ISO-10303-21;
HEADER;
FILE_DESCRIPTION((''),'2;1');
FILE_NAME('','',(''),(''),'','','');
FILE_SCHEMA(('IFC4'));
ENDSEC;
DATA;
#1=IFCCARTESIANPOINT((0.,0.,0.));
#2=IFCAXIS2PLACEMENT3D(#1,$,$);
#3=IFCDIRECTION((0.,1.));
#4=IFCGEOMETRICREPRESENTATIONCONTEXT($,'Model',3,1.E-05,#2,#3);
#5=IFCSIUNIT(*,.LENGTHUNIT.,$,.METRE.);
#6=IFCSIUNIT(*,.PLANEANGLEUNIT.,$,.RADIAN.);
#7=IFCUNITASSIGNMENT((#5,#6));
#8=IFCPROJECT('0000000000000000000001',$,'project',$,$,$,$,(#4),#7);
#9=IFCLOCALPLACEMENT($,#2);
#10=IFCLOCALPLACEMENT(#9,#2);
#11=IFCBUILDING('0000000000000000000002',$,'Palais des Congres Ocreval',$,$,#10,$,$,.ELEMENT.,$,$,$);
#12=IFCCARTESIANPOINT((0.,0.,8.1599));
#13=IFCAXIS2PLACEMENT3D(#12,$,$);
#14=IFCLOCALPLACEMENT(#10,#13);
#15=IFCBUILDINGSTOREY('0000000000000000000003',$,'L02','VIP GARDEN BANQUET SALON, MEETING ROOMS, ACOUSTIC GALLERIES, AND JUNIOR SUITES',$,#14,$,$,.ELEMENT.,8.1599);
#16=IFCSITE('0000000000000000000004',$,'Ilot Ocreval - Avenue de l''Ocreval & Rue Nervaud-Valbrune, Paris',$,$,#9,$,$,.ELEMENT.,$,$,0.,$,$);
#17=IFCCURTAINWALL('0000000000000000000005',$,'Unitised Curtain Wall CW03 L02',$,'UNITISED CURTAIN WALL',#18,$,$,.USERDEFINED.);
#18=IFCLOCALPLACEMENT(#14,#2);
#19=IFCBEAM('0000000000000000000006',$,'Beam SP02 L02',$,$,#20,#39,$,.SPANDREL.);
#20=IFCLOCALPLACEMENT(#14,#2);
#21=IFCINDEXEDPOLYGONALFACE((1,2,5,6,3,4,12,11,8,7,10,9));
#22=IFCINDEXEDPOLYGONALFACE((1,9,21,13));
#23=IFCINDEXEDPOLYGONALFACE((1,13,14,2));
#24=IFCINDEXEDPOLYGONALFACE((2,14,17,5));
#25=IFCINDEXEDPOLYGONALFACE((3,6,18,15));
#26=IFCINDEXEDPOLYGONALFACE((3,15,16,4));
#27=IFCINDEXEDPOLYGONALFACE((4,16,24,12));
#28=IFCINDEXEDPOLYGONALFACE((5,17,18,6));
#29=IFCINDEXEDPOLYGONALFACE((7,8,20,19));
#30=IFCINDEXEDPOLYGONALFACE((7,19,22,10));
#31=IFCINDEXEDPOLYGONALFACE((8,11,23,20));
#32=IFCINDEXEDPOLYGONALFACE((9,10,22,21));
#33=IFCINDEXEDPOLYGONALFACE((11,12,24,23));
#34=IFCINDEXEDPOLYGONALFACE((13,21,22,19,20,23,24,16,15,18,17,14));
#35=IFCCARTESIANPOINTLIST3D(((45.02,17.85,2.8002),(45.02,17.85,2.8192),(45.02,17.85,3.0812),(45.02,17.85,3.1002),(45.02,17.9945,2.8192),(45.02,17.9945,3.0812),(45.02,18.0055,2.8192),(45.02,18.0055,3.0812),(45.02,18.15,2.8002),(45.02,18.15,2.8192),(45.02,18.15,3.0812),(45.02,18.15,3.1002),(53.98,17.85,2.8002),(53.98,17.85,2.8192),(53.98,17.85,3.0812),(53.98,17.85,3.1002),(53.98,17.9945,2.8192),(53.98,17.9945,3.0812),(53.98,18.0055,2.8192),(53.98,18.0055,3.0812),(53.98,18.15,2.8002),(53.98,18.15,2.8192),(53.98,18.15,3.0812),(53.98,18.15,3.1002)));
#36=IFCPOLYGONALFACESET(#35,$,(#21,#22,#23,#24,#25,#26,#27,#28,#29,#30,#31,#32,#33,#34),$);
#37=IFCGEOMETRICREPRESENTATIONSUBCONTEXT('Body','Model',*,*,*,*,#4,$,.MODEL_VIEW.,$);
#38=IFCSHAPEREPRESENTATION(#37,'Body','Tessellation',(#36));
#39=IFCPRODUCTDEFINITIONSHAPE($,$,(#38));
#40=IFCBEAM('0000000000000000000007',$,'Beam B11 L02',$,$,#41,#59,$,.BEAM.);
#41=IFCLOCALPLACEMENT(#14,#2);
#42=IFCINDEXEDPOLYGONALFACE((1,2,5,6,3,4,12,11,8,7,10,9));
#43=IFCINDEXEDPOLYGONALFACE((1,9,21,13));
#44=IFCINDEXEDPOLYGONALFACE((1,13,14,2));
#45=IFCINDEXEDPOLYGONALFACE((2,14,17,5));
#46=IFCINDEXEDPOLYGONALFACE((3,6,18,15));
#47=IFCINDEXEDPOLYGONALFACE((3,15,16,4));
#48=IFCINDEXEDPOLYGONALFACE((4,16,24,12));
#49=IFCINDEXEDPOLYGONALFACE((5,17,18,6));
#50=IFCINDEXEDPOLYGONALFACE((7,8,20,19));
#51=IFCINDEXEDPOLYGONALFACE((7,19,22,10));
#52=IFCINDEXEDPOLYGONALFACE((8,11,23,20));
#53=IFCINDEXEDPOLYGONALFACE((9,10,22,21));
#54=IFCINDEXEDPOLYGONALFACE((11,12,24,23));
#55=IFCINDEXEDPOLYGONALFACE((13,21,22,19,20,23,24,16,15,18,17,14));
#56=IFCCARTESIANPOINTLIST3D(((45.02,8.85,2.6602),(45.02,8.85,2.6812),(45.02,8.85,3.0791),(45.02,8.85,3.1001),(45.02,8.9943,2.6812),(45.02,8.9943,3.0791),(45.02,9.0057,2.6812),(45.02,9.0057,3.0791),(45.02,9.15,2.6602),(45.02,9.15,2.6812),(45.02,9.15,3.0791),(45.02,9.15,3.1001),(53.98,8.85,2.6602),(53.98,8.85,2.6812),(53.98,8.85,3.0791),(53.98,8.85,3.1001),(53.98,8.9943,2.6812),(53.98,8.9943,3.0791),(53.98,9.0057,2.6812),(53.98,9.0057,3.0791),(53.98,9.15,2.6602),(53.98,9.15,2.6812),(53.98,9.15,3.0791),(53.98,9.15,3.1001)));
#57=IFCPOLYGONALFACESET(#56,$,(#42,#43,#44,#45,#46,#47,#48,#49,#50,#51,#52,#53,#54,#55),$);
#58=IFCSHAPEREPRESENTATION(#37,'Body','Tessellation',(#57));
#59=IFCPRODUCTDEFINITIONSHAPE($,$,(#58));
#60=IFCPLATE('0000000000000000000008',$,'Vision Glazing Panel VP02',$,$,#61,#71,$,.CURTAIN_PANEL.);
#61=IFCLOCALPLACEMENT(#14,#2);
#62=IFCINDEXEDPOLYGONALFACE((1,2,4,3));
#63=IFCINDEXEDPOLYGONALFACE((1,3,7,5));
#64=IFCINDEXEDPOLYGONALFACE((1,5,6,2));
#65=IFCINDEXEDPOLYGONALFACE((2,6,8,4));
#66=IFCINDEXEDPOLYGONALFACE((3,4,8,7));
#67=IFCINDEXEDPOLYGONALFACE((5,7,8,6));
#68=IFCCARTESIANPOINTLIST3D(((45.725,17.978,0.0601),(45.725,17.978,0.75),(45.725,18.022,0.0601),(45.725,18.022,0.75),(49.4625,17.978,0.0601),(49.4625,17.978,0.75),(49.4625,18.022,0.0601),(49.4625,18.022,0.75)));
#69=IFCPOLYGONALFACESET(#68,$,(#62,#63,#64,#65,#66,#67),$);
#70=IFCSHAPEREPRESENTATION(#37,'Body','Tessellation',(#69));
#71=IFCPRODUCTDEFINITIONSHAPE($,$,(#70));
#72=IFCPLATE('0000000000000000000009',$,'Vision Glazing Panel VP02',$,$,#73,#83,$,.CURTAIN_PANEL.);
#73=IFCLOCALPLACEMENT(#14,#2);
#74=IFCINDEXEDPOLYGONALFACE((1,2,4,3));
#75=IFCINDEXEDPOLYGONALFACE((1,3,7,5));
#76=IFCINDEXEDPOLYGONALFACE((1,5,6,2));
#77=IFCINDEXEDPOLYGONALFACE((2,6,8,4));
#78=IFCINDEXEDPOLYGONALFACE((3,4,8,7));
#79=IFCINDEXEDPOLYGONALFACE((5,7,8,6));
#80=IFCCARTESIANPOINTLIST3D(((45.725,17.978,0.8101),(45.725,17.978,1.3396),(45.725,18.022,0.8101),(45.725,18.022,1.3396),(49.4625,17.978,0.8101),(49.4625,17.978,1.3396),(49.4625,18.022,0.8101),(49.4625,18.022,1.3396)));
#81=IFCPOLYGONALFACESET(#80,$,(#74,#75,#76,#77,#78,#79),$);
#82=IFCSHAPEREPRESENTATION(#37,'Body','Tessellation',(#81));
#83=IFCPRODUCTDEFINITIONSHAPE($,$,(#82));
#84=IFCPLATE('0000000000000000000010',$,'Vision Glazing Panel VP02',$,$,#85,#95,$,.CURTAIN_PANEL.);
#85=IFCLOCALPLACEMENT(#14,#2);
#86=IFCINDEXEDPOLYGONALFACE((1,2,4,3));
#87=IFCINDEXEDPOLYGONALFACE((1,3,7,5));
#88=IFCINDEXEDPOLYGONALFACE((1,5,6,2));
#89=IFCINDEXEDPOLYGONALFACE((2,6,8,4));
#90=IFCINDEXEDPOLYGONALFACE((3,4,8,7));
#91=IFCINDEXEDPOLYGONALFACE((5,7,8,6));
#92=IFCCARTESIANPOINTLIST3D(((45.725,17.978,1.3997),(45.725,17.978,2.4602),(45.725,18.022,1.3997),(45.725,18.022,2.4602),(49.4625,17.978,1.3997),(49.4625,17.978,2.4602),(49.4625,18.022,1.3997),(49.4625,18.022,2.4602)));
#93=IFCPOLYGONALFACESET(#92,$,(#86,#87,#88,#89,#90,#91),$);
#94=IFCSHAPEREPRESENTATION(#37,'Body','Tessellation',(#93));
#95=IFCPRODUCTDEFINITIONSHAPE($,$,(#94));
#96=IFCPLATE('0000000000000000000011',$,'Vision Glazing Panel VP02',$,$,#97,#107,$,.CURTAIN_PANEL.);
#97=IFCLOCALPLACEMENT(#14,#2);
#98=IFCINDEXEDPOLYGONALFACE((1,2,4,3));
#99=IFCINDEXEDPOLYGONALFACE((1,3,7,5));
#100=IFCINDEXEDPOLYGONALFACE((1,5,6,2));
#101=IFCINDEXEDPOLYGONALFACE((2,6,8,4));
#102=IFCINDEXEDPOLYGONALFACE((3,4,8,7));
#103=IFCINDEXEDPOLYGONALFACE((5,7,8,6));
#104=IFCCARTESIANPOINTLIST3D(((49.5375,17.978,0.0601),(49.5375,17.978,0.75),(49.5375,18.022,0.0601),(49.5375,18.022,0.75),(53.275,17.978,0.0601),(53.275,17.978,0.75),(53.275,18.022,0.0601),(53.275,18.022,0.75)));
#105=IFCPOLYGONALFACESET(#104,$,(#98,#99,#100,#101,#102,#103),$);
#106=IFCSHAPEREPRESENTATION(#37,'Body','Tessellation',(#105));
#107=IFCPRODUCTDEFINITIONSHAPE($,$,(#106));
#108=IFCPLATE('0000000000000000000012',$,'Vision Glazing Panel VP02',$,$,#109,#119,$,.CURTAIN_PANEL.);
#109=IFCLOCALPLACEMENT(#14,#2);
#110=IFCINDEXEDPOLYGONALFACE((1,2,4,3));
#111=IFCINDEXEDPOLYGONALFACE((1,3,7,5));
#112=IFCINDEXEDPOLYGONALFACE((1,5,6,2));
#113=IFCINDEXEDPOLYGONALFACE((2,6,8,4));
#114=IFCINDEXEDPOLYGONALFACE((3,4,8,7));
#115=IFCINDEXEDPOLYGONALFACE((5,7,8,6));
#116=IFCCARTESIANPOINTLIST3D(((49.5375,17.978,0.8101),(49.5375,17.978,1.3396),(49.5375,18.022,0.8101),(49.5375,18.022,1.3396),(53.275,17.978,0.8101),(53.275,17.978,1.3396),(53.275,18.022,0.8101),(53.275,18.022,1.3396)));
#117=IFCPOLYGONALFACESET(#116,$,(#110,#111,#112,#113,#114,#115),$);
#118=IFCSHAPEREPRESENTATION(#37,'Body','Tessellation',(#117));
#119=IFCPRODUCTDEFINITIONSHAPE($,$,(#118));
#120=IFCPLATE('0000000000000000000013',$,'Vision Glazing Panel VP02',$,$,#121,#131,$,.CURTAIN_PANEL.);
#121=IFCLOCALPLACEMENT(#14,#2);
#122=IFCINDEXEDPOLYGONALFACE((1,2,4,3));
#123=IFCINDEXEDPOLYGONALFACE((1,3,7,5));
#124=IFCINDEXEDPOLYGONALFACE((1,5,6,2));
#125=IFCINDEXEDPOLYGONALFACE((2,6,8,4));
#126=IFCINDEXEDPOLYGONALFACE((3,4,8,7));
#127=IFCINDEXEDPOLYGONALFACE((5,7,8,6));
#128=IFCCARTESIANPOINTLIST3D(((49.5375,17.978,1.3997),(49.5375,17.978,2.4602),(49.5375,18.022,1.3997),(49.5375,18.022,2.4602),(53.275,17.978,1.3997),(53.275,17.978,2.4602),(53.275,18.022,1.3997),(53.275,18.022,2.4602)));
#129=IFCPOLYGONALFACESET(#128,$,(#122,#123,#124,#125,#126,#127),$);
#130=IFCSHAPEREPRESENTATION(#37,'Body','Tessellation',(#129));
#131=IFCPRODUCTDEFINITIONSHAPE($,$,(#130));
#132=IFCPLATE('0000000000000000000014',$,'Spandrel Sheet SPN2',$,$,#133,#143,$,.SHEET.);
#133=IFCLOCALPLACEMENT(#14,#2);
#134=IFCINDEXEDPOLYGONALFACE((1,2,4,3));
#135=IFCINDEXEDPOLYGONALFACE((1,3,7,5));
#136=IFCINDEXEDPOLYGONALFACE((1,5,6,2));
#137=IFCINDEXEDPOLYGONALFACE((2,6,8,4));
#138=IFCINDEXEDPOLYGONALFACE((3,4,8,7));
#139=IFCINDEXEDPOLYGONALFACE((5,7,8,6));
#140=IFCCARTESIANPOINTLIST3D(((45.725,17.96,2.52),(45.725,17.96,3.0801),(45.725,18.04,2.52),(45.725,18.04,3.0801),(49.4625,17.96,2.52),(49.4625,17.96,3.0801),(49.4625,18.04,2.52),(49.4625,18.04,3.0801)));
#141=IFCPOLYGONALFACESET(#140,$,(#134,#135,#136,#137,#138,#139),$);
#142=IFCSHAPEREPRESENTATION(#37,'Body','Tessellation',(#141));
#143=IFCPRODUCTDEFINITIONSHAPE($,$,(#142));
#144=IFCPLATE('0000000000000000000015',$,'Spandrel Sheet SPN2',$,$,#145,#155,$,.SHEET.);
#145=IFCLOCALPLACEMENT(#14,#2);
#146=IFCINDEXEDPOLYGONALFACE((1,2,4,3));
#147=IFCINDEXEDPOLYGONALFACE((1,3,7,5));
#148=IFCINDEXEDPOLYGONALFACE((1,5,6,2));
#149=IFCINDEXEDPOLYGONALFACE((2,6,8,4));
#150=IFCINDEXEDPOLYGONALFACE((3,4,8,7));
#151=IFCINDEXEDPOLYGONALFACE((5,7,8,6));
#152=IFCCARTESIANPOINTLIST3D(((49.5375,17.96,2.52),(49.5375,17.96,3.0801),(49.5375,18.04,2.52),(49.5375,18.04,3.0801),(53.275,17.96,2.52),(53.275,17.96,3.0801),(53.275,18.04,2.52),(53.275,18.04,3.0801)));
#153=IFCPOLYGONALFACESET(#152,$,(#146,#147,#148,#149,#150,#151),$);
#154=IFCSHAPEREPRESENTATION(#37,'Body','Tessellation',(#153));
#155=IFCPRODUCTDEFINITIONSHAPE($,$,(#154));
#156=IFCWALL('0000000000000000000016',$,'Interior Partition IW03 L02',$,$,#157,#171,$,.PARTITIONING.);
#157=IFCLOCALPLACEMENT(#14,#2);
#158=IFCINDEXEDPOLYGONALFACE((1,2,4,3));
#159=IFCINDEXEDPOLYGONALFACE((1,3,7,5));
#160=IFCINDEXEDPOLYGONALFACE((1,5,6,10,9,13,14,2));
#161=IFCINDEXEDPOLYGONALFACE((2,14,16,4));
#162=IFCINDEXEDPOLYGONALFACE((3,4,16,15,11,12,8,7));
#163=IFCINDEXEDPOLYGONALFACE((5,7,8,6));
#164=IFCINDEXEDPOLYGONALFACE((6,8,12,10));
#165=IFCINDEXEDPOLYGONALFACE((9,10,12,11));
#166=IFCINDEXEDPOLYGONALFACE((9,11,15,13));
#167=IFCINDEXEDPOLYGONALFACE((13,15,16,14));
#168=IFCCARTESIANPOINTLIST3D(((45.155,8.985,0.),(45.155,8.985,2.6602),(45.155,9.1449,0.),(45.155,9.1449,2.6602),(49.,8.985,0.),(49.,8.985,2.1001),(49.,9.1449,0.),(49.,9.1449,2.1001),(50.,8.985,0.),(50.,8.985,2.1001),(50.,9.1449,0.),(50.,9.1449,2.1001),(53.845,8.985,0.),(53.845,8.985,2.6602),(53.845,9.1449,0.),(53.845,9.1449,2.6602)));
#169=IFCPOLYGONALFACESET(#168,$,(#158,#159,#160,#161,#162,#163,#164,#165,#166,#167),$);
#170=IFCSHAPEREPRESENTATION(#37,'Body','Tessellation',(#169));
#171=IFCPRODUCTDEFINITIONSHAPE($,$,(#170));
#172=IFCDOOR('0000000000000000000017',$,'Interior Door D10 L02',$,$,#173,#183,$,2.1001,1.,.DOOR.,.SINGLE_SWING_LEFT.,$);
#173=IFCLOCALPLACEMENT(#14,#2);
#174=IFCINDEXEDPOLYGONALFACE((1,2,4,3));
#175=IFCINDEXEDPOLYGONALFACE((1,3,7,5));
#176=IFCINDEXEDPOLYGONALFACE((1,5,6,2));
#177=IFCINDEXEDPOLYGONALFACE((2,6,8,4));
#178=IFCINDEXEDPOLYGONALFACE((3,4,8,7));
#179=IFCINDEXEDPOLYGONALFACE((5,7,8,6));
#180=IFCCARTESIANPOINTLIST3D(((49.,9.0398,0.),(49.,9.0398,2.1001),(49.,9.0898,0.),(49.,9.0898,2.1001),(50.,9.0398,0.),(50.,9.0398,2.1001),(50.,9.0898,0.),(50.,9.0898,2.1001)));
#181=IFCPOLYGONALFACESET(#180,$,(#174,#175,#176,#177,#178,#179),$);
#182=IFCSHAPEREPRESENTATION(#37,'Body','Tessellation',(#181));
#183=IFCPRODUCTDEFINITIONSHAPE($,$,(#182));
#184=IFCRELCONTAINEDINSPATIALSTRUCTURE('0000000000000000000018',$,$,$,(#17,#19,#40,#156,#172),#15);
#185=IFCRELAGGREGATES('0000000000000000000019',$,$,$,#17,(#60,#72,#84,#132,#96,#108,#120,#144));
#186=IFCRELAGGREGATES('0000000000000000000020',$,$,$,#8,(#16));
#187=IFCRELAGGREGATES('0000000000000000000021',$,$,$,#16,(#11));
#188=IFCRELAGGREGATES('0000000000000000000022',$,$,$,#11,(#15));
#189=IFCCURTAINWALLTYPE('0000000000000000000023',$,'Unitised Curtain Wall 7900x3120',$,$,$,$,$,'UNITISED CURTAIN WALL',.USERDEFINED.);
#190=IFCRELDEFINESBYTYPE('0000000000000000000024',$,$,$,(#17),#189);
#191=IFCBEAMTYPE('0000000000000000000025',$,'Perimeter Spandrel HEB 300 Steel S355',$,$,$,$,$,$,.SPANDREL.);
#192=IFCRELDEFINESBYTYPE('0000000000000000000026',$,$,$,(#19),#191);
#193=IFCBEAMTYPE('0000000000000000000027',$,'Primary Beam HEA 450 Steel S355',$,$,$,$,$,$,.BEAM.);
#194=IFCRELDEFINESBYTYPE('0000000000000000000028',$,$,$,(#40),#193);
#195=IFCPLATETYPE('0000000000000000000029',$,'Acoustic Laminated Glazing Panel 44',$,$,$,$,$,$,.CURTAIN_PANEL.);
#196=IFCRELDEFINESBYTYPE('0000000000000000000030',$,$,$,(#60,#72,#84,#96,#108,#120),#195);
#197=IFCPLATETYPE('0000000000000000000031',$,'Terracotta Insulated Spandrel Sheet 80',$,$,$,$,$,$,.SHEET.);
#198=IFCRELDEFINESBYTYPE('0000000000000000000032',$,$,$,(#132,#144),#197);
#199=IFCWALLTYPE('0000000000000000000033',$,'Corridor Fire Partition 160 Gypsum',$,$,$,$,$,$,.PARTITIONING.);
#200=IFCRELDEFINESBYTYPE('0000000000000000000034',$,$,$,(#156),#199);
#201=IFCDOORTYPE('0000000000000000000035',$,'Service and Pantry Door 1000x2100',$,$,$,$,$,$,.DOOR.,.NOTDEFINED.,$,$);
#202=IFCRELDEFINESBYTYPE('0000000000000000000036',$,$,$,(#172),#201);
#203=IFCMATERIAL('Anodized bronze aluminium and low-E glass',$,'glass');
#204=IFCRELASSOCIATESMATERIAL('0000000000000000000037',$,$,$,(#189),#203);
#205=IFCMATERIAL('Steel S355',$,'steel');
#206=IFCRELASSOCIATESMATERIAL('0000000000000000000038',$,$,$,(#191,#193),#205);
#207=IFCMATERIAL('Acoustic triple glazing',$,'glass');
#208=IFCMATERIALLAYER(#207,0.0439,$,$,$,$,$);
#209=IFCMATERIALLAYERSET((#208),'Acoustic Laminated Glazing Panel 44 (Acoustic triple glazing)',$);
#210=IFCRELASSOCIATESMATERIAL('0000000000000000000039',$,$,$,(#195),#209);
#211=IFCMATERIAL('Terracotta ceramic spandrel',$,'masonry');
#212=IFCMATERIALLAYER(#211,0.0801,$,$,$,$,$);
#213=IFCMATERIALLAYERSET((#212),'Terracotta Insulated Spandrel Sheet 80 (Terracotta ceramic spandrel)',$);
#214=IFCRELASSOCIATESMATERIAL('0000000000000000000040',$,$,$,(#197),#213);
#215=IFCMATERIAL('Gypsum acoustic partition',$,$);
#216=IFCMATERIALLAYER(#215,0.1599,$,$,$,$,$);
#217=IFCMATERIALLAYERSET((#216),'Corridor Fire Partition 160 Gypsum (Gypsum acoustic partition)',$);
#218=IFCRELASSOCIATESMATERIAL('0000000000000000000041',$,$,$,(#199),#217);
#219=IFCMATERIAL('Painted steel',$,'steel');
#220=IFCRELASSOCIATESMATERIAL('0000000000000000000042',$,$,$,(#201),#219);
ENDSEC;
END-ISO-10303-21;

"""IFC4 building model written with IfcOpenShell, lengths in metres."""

from ifc_helpers import new_model, si_unit, direction, frame, frame_2d, origin, origin_2d, place, context, subcontext, project, spatial, rectangle, i_section, extrude, material, layer, layer_set, material_profile, profile_set, type_object, element, fill, aggregate, save


model = new_model("IFC4")

# Units and contexts
model_context = context("Model", 3, precision=1e-05, world=origin(), true_north=direction((0.0, 1.0)))
body_context = subcontext(model_context, "Body", "Model", "MODEL_VIEW")
ifc_project = project(units=[si_unit("LENGTHUNIT", "METRE"), si_unit("PLANEANGLEUNIT", "RADIAN")], contexts=[model_context])

# Site, building, storey
site_placement = place(None, origin())
site = spatial("IfcSite", under=ifc_project, at=site_placement, Name="Ilot Ocreval - Avenue de l'Ocreval & Rue Nervaud-Valbrune, Paris", CompositionType="ELEMENT", RefElevation=0.0)
building_placement = place(site_placement, origin())
building = spatial("IfcBuilding", under=site, at=building_placement, Name="Palais des Congres Ocreval", CompositionType="ELEMENT")
storey_placement = place(building_placement, frame((0.0, 0.0, 8.1599)))
storey = spatial("IfcBuildingStorey", under=building, at=storey_placement, Name="L02", Description="VIP GARDEN BANQUET SALON, MEETING ROOMS, ACOUSTIC GALLERIES, AND JUNIOR SUITES", CompositionType="ELEMENT", Elevation=8.1599)

# Curtain wall
ifc_material_1 = material(Name="Anodized bronze aluminium and low-E glass", Category="glass")
curtain_wall_type = type_object("IfcCurtainWallType", Name="Unitised Curtain Wall 7900x3120", ElementType="UNITISED CURTAIN WALL", PredefinedType="USERDEFINED", material=ifc_material_1)
curtain_wall_placement = place(storey_placement, origin())
curtain_wall = element("IfcCurtainWall", 1, at=curtain_wall_placement, inside=storey, type_object=curtain_wall_type, Name="Unitised Curtain Wall CW03 L02", ObjectType="UNITISED CURTAIN WALL", PredefinedType="USERDEFINED")

# Beams
ifc_material_2 = material(Name="Steel S355", Category="steel")
ifc_material_profile_1 = material_profile(ifc_material_2, i_section(OverallWidth=0.3, OverallDepth=0.3, WebThickness=0.011, FlangeThickness=0.019, at=origin_2d()), Name="HEB 300")
ifc_profile_set_1 = profile_set([ifc_material_profile_1], Name="Steel S355")
beam_type_1 = type_object("IfcBeamType", Name="Perimeter Spandrel HEB 300 Steel S355", PredefinedType="SPANDREL", material=ifc_profile_set_1)
for number, where, z_axis, x_axis, name in (
    (2, (45.02, 18.0, 2.9502), (1.0, 0.0, 0.0), (0.0, 1.0, 0.0), "Beam SP02 L02"),
):
    element("IfcBeam", number, at=place(storey_placement, frame(where, z_axis=z_axis, x_axis=x_axis)), inside=storey, type_object=beam_type_1, Name=name, PredefinedType="SPANDREL", context=body_context, shape_type="SweptSolid", body=[
        extrude(i_section(OverallWidth=0.3, OverallDepth=0.3, WebThickness=0.011, FlangeThickness=0.019, at=origin_2d()), origin(), (0.0, 0.0, 1.0), 8.96),
    ])
ifc_material_profile_2 = material_profile(ifc_material_2, i_section(OverallWidth=0.3, OverallDepth=0.4399, WebThickness=0.0115, FlangeThickness=0.021, at=origin_2d()), Name="HEA 450")
ifc_profile_set_2 = profile_set([ifc_material_profile_2], Name="Steel S355")
beam_type_2 = type_object("IfcBeamType", Name="Primary Beam HEA 450 Steel S355", PredefinedType="BEAM", material=ifc_profile_set_2)
beam_placement = place(storey_placement, frame((45.02, 9.0, 2.8801), z_axis=(1.0, 0.0, 0.0), x_axis=(0.0, 1.0, 0.0)))
element("IfcBeam", 3, at=beam_placement, inside=storey, type_object=beam_type_2, Name="Beam B11 L02", PredefinedType="BEAM", context=body_context, shape_type="SweptSolid", body=[
    extrude(i_section(OverallWidth=0.3, OverallDepth=0.4399, WebThickness=0.0115, FlangeThickness=0.021, at=origin_2d()), origin(), (0.0, 0.0, 1.0), 8.96),
])

# Plates
ifc_material_3 = material(Name="Acoustic triple glazing", Category="glass")
ifc_layer_1 = layer(ifc_material_3, 0.0439)
ifc_layer_set_1 = layer_set([ifc_layer_1], Name="Acoustic Laminated Glazing Panel 44 (Acoustic triple glazing)")
plate_type_1 = type_object("IfcPlateType", Name="Acoustic Laminated Glazing Panel 44", PredefinedType="CURTAIN_PANEL", material=ifc_layer_set_1)
plate_1_placement = place(storey_placement, frame((47.5938, 18.0, 0.0601), z_axis=(0.0, 0.0, 1.0), x_axis=(1.0, 0.0, 0.0)))
plate_1 = element("IfcPlate", 4, at=plate_1_placement, type_object=plate_type_1, Name="Vision Glazing Panel VP02", PredefinedType="CURTAIN_PANEL", context=body_context, shape_type="SweptSolid", body=[
    extrude(rectangle(XDim=3.7375, YDim=0.0439, at=origin_2d()), origin(), (0.0, 0.0, 1.0), 0.6899),
])
plate_2_placement = place(storey_placement, frame((47.5938, 18.0, 0.8101), z_axis=(0.0, 0.0, 1.0), x_axis=(1.0, 0.0, 0.0)))
plate_2 = element("IfcPlate", 5, at=plate_2_placement, type_object=plate_type_1, Name="Vision Glazing Panel VP02", PredefinedType="CURTAIN_PANEL", context=body_context, shape_type="SweptSolid", body=[
    extrude(rectangle(XDim=3.7375, YDim=0.0439, at=origin_2d()), origin(), (0.0, 0.0, 1.0), 0.5295),
])
plate_3_placement = place(storey_placement, frame((47.5938, 18.0, 1.3997), z_axis=(0.0, 0.0, 1.0), x_axis=(1.0, 0.0, 0.0)))
plate_3 = element("IfcPlate", 6, at=plate_3_placement, type_object=plate_type_1, Name="Vision Glazing Panel VP02", PredefinedType="CURTAIN_PANEL", context=body_context, shape_type="SweptSolid", body=[
    extrude(rectangle(XDim=3.7375, YDim=0.0439, at=origin_2d()), origin(), (0.0, 0.0, 1.0), 1.0605),
])
plate_4_placement = place(storey_placement, frame((51.4062, 18.0, 0.0601), z_axis=(0.0, 0.0, 1.0), x_axis=(1.0, 0.0, 0.0)))
plate_4 = element("IfcPlate", 7, at=plate_4_placement, type_object=plate_type_1, Name="Vision Glazing Panel VP02", PredefinedType="CURTAIN_PANEL", context=body_context, shape_type="SweptSolid", body=[
    extrude(rectangle(XDim=3.7375, YDim=0.0439, at=origin_2d()), origin(), (0.0, 0.0, 1.0), 0.6899),
])
plate_5_placement = place(storey_placement, frame((51.4062, 18.0, 0.8101), z_axis=(0.0, 0.0, 1.0), x_axis=(1.0, 0.0, 0.0)))
plate_5 = element("IfcPlate", 8, at=plate_5_placement, type_object=plate_type_1, Name="Vision Glazing Panel VP02", PredefinedType="CURTAIN_PANEL", context=body_context, shape_type="SweptSolid", body=[
    extrude(rectangle(XDim=3.7375, YDim=0.0439, at=origin_2d()), origin(), (0.0, 0.0, 1.0), 0.5295),
])
plate_6_placement = place(storey_placement, frame((51.4062, 18.0, 1.3997), z_axis=(0.0, 0.0, 1.0), x_axis=(1.0, 0.0, 0.0)))
plate_6 = element("IfcPlate", 9, at=plate_6_placement, type_object=plate_type_1, Name="Vision Glazing Panel VP02", PredefinedType="CURTAIN_PANEL", context=body_context, shape_type="SweptSolid", body=[
    extrude(rectangle(XDim=3.7375, YDim=0.0439, at=origin_2d()), origin(), (0.0, 0.0, 1.0), 1.0605),
])
ifc_material_4 = material(Name="Terracotta ceramic spandrel", Category="masonry")
ifc_layer_2 = layer(ifc_material_4, 0.0801)
ifc_layer_set_2 = layer_set([ifc_layer_2], Name="Terracotta Insulated Spandrel Sheet 80 (Terracotta ceramic spandrel)")
plate_type_2 = type_object("IfcPlateType", Name="Terracotta Insulated Spandrel Sheet 80", PredefinedType="SHEET", material=ifc_layer_set_2)
plate_7_placement = place(storey_placement, frame((47.5938, 18.0, 2.52), z_axis=(0.0, 0.0, 1.0), x_axis=(1.0, 0.0, 0.0)))
plate_7 = element("IfcPlate", 10, at=plate_7_placement, type_object=plate_type_2, Name="Spandrel Sheet SPN2", PredefinedType="SHEET", context=body_context, shape_type="SweptSolid", body=[
    extrude(rectangle(XDim=3.7375, YDim=0.0801, at=origin_2d()), origin(), (0.0, 0.0, 1.0), 0.5601),
])
plate_8_placement = place(storey_placement, frame((51.4062, 18.0, 2.52), z_axis=(0.0, 0.0, 1.0), x_axis=(1.0, 0.0, 0.0)))
plate_8 = element("IfcPlate", 11, at=plate_8_placement, type_object=plate_type_2, Name="Spandrel Sheet SPN2", PredefinedType="SHEET", context=body_context, shape_type="SweptSolid", body=[
    extrude(rectangle(XDim=3.7375, YDim=0.0801, at=origin_2d()), origin(), (0.0, 0.0, 1.0), 0.5601),
])
aggregate(curtain_wall, [plate_1, plate_2, plate_3, plate_7, plate_4, plate_5, plate_6, plate_8])

# Wall, opening, door
ifc_material_5 = material(Name="Gypsum acoustic partition")
ifc_layer_3 = layer(ifc_material_5, 0.1599)
ifc_layer_set_3 = layer_set([ifc_layer_3], Name="Corridor Fire Partition 160 Gypsum (Gypsum acoustic partition)")
wall_type_1 = type_object("IfcWallType", Name="Corridor Fire Partition 160 Gypsum", PredefinedType="PARTITIONING", material=ifc_layer_set_3)
wall_1_placement = place(storey_placement, frame((45.155, 9.0649, 0.0), z_axis=(0.0, 0.0, 1.0), x_axis=(1.0, 0.0, 0.0)))
wall_1 = element("IfcWall", 12, at=wall_1_placement, inside=storey, type_object=wall_type_1, Name="Interior Partition IW03 L02", PredefinedType="PARTITIONING", context=body_context, shape_type="SweptSolid", body=[
    extrude(rectangle(XDim=8.6899, YDim=0.1599, at=frame_2d((4.345, 0.0))), origin(), (0.0, 0.0, 1.0), 2.6602),
])
opening_1_placement = place(wall_1_placement, frame((3.845, 0.0, 0.0)))
opening_1 = element("IfcOpeningElement", 13, at=opening_1_placement, cuts=wall_1, PredefinedType="OPENING", context=body_context, shape_type="SweptSolid", body=[
    extrude(rectangle(XDim=1.0, YDim=2.1001, at=frame_2d((0.5, 1.05))), frame((0.0, 0.0898, 0.0), z_axis=(0.0, -1.0, 0.0), x_axis=(1.0, 0.0, 0.0)), (0.0, 0.0, 1.0), 0.1799),
])
ifc_material_6 = material(Name="Painted steel", Category="steel")
door_type = type_object("IfcDoorType", Name="Service and Pantry Door 1000x2100", OperationType="NOTDEFINED", PredefinedType="DOOR", material=ifc_material_6)
door_1_placement = place(opening_1_placement, origin())
door_1 = element("IfcDoor", 14, at=door_1_placement, inside=storey, type_object=door_type, Name="Interior Door D10 L02", OperationType="SINGLE_SWING_LEFT", OverallHeight=2.1001, OverallWidth=1.0, PredefinedType="DOOR", context=body_context, shape_type="SweptSolid", body=[
    extrude(rectangle(XDim=1.0, YDim=2.1001, at=frame_2d((0.5, 1.05))), frame((0.0, 0.0249, 0.0), z_axis=(0.0, -1.0, 0.0), x_axis=(1.0, 0.0, 0.0)), (0.0, 0.0, 1.0), 0.05),
])
fill(opening_1, door_1)

save(model, "model.ifc")
